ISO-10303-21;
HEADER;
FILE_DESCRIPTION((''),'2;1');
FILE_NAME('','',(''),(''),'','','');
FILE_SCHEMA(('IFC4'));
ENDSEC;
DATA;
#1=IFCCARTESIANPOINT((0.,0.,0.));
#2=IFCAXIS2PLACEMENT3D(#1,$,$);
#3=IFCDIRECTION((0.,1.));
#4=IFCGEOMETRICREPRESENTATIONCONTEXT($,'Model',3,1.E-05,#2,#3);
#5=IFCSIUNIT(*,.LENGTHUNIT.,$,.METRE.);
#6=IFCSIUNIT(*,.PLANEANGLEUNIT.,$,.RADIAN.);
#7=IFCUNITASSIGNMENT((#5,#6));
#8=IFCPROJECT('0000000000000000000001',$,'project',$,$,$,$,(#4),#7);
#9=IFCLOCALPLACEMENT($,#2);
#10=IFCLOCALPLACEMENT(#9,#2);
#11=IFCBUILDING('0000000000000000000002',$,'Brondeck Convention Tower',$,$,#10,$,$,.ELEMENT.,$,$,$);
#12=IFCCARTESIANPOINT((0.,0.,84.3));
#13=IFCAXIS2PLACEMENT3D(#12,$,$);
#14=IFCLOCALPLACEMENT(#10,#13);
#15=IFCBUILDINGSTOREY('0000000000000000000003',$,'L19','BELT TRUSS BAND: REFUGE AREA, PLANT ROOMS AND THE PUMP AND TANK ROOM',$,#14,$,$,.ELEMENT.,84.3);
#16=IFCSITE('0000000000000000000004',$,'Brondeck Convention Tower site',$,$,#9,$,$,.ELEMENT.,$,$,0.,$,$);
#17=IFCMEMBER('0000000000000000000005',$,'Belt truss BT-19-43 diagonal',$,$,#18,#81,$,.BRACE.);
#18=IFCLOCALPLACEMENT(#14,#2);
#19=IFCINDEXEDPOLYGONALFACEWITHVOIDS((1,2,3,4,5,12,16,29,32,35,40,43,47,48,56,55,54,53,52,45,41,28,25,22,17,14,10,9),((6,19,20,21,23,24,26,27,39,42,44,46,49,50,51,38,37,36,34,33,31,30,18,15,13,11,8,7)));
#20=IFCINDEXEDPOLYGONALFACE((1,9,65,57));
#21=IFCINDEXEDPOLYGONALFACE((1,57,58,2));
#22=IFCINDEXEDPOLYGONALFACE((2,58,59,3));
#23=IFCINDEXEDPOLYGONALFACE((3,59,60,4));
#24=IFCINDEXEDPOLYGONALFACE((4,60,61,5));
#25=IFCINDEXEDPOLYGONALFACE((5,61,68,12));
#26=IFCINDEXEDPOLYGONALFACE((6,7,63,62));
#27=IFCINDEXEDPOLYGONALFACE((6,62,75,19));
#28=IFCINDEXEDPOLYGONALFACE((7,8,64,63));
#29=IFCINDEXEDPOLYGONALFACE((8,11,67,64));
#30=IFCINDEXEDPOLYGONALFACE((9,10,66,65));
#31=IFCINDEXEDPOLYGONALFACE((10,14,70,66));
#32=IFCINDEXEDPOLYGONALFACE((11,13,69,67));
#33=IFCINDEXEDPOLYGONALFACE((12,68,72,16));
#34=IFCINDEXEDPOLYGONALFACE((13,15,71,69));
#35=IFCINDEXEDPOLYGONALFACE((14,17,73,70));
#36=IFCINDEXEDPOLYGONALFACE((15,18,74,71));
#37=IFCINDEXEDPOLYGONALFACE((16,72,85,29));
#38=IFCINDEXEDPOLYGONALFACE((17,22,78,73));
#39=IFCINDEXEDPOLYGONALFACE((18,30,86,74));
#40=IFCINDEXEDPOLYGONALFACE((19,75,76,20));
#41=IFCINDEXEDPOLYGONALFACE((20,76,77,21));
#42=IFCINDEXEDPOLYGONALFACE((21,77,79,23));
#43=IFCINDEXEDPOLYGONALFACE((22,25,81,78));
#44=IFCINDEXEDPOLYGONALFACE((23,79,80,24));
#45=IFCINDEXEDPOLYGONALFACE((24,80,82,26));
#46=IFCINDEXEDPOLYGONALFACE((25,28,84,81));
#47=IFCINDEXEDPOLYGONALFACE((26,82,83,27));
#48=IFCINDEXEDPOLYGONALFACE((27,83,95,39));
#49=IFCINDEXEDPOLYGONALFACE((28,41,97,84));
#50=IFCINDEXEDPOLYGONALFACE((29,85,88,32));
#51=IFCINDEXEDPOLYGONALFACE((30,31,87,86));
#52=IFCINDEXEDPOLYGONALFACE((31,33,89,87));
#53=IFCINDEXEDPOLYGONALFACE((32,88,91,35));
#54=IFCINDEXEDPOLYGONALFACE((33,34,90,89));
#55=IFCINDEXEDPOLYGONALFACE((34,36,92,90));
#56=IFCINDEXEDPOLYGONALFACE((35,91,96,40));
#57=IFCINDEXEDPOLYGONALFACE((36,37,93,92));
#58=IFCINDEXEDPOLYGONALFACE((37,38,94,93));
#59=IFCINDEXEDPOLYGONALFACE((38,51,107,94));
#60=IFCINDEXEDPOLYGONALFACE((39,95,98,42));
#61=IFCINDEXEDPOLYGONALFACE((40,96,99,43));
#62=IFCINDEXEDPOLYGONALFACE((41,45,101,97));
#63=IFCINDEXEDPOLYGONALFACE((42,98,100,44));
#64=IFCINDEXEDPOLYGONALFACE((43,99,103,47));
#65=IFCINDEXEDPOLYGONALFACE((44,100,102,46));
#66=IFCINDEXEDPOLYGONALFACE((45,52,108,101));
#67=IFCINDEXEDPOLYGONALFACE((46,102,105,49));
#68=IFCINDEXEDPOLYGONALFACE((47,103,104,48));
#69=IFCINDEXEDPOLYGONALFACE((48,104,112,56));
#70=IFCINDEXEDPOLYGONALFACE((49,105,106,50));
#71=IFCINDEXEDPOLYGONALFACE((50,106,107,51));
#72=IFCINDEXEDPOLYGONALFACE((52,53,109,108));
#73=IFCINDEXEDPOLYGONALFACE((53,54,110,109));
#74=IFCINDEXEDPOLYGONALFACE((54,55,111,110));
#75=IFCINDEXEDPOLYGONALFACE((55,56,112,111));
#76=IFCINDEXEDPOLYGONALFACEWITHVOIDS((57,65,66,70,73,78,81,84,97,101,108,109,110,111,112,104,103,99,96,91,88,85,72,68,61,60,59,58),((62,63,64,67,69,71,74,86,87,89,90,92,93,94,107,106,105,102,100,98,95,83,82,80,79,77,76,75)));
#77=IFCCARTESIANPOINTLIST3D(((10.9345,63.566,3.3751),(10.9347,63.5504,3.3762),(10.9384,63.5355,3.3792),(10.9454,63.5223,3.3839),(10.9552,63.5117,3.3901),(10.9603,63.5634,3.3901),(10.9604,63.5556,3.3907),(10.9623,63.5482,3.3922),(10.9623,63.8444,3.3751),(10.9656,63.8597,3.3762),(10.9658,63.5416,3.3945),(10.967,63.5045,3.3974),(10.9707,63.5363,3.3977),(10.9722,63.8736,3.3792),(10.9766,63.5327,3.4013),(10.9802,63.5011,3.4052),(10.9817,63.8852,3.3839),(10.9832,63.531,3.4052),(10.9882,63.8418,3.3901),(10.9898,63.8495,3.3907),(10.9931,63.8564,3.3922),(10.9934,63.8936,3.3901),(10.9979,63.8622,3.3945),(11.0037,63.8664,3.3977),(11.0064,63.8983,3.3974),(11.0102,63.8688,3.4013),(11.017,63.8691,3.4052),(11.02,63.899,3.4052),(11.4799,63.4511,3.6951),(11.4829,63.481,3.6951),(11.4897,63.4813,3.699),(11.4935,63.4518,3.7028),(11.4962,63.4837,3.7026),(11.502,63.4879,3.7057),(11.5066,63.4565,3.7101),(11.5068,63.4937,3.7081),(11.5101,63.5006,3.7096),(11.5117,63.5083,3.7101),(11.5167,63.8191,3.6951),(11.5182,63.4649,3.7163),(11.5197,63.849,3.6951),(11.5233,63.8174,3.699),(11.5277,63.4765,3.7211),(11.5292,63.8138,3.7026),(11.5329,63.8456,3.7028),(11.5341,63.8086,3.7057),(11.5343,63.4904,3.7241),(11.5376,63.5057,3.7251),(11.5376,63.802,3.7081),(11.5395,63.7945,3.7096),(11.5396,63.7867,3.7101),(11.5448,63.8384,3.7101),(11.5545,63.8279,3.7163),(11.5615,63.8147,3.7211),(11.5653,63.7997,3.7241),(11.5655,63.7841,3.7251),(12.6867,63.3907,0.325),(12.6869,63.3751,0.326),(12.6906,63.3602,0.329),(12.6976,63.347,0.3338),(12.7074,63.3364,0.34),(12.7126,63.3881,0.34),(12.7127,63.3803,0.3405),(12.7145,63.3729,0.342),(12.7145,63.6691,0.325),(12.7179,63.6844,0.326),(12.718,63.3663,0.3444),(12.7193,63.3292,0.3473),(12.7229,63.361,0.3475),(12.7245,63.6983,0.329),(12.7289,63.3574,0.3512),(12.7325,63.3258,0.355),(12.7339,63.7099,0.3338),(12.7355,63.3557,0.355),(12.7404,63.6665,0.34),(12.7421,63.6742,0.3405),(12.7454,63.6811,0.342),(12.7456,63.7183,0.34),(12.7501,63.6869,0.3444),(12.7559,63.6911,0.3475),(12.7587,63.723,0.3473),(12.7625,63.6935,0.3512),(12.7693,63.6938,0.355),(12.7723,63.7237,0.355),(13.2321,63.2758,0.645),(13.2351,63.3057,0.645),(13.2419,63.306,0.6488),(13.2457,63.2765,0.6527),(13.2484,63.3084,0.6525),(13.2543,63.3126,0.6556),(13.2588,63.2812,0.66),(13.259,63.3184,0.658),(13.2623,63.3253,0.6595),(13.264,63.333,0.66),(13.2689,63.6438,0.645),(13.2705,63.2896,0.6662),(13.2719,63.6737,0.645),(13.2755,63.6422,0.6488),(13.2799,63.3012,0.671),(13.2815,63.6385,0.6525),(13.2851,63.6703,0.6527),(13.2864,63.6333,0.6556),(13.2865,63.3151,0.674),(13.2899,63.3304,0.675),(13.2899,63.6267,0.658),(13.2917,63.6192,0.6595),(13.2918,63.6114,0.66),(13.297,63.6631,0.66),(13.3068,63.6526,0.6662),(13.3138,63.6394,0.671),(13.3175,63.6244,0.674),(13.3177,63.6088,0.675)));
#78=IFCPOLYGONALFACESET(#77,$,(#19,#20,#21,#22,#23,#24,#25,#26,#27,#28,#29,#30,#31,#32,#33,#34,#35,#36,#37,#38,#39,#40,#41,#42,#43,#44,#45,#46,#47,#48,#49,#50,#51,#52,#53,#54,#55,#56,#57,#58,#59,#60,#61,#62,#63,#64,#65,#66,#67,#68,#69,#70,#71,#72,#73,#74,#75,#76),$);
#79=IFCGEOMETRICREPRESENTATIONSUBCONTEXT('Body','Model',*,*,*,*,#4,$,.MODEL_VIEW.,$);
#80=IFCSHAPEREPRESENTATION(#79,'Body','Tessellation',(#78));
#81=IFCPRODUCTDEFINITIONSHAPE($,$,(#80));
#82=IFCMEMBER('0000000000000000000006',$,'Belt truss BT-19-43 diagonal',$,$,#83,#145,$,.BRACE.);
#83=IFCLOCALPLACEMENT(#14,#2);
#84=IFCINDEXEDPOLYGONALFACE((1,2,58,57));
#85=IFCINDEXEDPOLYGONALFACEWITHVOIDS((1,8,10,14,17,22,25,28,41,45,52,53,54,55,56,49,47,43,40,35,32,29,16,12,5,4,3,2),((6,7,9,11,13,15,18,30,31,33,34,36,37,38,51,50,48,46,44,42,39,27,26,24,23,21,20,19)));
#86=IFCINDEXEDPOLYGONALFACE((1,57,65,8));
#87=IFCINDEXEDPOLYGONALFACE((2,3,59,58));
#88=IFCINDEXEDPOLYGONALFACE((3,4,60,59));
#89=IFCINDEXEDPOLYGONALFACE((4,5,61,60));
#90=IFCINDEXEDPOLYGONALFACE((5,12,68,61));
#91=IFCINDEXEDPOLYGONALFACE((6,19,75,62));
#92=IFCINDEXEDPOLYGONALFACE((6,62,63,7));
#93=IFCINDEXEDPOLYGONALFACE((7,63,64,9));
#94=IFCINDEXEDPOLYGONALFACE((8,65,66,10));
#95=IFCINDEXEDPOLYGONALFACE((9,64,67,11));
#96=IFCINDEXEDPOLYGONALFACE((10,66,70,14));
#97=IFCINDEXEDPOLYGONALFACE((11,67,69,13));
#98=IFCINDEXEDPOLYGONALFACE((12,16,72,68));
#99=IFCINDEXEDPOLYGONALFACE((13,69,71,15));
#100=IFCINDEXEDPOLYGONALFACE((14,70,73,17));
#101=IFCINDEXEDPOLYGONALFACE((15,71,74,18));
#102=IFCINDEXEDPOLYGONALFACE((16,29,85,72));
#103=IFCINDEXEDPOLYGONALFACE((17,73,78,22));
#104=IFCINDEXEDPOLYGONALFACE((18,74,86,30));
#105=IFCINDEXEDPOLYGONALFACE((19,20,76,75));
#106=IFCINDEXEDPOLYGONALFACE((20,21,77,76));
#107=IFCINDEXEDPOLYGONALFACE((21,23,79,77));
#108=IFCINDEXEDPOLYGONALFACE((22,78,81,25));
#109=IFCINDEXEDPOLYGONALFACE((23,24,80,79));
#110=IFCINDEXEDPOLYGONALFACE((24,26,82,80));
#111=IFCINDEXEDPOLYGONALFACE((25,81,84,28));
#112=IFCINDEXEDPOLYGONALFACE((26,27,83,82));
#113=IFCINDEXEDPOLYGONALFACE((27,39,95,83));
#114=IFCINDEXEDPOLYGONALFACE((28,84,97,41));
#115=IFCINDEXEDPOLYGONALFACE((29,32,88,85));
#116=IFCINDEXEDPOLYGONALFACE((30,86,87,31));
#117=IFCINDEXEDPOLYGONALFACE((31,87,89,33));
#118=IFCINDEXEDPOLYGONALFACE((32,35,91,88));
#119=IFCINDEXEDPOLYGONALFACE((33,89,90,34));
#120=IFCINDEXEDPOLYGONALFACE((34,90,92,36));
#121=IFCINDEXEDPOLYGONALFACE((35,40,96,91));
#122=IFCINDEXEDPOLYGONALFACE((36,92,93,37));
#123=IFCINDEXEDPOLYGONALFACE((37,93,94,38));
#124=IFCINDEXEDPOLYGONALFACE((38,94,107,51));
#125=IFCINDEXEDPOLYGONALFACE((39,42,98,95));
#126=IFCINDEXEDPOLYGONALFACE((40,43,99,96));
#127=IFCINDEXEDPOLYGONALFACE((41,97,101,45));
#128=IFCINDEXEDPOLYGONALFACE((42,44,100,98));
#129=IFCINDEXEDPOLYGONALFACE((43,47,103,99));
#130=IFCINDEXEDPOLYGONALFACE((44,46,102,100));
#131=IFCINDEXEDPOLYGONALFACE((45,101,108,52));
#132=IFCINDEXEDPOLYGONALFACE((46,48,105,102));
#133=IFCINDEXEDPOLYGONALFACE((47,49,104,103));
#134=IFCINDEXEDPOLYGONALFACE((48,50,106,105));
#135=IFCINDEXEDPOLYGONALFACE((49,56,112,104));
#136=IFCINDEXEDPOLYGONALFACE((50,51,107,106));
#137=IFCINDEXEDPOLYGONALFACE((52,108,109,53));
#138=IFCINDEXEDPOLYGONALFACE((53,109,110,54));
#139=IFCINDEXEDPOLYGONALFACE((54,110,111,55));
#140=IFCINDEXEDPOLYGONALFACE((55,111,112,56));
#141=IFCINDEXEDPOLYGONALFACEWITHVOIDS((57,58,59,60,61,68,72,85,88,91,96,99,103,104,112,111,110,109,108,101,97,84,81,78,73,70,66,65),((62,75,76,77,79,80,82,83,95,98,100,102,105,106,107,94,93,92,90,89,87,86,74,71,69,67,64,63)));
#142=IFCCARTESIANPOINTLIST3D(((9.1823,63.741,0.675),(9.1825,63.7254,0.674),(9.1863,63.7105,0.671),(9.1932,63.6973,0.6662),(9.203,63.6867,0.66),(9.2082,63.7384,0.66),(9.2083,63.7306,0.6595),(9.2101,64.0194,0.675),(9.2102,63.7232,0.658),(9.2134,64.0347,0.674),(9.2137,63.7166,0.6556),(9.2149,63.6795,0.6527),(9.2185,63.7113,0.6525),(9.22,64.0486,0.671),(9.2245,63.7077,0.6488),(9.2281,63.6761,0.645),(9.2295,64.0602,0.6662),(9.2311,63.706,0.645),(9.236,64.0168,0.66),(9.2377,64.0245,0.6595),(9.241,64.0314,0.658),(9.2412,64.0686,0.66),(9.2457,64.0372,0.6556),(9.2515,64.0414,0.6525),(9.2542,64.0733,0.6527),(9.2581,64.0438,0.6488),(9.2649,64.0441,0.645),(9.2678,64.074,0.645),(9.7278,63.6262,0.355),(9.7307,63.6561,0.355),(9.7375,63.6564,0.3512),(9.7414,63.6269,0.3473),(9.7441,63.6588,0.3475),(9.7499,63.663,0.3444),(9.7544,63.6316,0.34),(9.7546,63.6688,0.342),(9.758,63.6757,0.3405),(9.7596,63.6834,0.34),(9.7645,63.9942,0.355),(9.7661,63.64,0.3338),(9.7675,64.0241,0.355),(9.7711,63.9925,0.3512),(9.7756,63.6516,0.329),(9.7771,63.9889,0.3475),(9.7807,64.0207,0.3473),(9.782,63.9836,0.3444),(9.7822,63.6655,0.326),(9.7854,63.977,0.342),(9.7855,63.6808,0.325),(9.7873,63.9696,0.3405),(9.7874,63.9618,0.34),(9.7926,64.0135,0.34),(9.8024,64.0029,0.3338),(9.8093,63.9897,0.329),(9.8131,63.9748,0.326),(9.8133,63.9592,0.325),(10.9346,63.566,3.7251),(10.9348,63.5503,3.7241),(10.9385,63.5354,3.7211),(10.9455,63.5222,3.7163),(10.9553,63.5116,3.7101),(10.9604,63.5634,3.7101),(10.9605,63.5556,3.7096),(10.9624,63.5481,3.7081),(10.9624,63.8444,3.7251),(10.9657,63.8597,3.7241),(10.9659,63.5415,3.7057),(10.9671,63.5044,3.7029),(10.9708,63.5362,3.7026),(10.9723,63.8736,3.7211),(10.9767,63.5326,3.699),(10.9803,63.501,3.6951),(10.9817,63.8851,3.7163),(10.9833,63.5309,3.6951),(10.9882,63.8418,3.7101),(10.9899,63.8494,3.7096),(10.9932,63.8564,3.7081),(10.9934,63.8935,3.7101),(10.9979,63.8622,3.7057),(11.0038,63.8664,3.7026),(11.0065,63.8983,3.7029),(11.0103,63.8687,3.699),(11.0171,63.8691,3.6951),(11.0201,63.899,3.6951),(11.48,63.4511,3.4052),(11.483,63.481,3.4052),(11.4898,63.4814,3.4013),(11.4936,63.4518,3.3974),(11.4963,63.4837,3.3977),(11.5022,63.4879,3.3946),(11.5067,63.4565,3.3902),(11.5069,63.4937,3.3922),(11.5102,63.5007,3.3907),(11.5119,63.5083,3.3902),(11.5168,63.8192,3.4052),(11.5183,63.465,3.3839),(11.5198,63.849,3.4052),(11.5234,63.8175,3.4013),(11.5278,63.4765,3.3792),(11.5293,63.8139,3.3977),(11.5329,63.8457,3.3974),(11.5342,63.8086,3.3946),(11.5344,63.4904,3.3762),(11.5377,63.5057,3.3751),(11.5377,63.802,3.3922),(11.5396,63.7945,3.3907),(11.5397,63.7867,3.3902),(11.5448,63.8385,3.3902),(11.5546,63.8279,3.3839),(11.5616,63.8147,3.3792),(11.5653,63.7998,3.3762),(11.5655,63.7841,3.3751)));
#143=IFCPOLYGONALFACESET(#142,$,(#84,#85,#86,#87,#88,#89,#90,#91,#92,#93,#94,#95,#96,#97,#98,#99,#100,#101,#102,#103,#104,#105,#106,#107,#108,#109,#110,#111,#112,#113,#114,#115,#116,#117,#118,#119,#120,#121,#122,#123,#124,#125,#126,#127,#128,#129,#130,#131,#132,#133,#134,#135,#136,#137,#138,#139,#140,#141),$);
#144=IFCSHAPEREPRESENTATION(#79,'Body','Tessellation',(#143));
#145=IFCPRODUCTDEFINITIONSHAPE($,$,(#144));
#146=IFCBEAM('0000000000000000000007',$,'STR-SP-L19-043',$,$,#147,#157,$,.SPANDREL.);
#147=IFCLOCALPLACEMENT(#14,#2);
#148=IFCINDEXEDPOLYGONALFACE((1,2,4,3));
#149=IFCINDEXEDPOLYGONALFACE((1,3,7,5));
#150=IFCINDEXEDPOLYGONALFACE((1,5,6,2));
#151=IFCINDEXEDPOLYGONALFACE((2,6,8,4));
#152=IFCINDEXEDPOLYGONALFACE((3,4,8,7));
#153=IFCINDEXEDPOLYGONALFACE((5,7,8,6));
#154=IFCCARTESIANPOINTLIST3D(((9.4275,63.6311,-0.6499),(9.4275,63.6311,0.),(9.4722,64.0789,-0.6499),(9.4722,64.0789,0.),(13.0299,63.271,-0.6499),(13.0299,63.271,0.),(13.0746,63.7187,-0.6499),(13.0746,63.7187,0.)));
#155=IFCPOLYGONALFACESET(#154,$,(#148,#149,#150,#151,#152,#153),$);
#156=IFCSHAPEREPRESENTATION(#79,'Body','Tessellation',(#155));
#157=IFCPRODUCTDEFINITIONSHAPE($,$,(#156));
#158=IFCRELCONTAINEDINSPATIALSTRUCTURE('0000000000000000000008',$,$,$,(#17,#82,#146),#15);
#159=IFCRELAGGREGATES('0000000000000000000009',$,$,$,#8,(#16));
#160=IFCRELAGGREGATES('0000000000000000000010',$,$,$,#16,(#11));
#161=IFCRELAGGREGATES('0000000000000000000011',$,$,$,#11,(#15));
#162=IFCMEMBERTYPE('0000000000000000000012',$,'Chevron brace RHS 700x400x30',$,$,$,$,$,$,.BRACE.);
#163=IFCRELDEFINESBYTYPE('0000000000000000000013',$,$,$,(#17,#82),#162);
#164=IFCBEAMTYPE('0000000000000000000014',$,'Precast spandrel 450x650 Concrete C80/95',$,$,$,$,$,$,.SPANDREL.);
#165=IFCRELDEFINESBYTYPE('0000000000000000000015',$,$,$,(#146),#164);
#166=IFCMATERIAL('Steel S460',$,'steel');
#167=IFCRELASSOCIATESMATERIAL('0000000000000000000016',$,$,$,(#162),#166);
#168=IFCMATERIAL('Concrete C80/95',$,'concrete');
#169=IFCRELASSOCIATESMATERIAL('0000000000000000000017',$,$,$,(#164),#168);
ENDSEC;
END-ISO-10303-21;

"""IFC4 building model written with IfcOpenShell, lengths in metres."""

from ifc_helpers import new_model, si_unit, direction, frame, origin, origin_2d, place, context, subcontext, project, spatial, rectangle, hollow_rectangle, extrude, material, material_profile, profile_set, type_object, element, save


model = new_model("IFC4")

# Units and contexts
model_context = context("Model", 3, precision=1e-05, world=origin(), true_north=direction((0.0, 1.0)))
body_context = subcontext(model_context, "Body", "Model", "MODEL_VIEW")
ifc_project = project(units=[si_unit("LENGTHUNIT", "METRE"), si_unit("PLANEANGLEUNIT", "RADIAN")], contexts=[model_context])

# Site, building, storey
site_placement = place(None, origin())
site = spatial("IfcSite", under=ifc_project, at=site_placement, Name="Brondeck Convention Tower site", CompositionType="ELEMENT", RefElevation=0.0)
building_placement = place(site_placement, origin())
building = spatial("IfcBuilding", under=site, at=building_placement, Name="Brondeck Convention Tower", CompositionType="ELEMENT")
storey_placement = place(building_placement, frame((0.0, 0.0, 84.3)))
storey = spatial("IfcBuildingStorey", under=building, at=storey_placement, Name="L19", Description="BELT TRUSS BAND: REFUGE AREA, PLANT ROOMS AND THE PUMP AND TANK ROOM", CompositionType="ELEMENT", Elevation=84.3)

# Shared definitions
ifc_material_1 = material(Name="Concrete C80/95", Category="concrete")

# Members
ifc_material_2 = material(Name="Steel S460", Category="steel")
ifc_material_profile_1 = material_profile(ifc_material_2, hollow_rectangle(XDim=0.3999, YDim=0.7, WallThickness=0.03, InnerFilletRadius=0.03, OuterFilletRadius=0.0601, at=origin_2d()), Name="RHS 700x400x30")
ifc_profile_set_1 = profile_set([ifc_material_profile_1], Name="Steel S460")
member_type_1 = type_object("IfcMemberType", Name="Chevron brace RHS 700x400x30", PredefinedType="BRACE", material=ifc_profile_set_1)
for number, where, z_axis, x_axis, name in (
    (1, (13.0022, 63.4998, 0.5), (-0.497516, 0.049772, 0.866026), (-0.099545, -0.995033, 0.0), "Belt truss BT-19-43 diagonal"),
    (2, (9.4978, 63.8501, 0.5), (0.497518, -0.049703, 0.866029), (0.099408, 0.995047, 0.0), "Belt truss BT-19-43 diagonal"),
):
    element("IfcMember", number, at=place(storey_placement, frame(where, z_axis=z_axis, x_axis=x_axis)), inside=storey, type_object=member_type_1, Name=name, PredefinedType="BRACE", context=body_context, shape_type="SweptSolid", body=[
        extrude(hollow_rectangle(XDim=0.3999, YDim=0.7, WallThickness=0.03, InnerFilletRadius=0.03, OuterFilletRadius=0.0601, at=origin_2d()), origin(), (0.0, 0.0, 1.0), 3.522),
    ])

# Beam
ifc_material_profile_2 = material_profile(ifc_material_1, rectangle(XDim=0.45, YDim=0.6499, at=origin_2d()), Name="Precast spandrel 450x650 Concrete C80/95")
ifc_profile_set_2 = profile_set([ifc_material_profile_2], Name="Concrete C80/95")
beam_type = type_object("IfcBeamType", Name="Precast spandrel 450x650 Concrete C80/95", PredefinedType="SPANDREL", material=ifc_profile_set_2)
beam_placement = place(storey_placement, frame((13.0522, 63.4949, -0.325), z_axis=(-0.995041, 0.09947, 0.0), x_axis=(-0.09947, -0.995041, 0.0)))
element("IfcBeam", 3, at=beam_placement, inside=storey, type_object=beam_type, Name="STR-SP-L19-043", PredefinedType="SPANDREL", context=body_context, shape_type="SweptSolid", body=[
    extrude(rectangle(XDim=0.45, YDim=0.6499, at=origin_2d()), origin(), (0.0, 0.0, 1.0), 3.6204),
])

save(model, "model.ifc")
